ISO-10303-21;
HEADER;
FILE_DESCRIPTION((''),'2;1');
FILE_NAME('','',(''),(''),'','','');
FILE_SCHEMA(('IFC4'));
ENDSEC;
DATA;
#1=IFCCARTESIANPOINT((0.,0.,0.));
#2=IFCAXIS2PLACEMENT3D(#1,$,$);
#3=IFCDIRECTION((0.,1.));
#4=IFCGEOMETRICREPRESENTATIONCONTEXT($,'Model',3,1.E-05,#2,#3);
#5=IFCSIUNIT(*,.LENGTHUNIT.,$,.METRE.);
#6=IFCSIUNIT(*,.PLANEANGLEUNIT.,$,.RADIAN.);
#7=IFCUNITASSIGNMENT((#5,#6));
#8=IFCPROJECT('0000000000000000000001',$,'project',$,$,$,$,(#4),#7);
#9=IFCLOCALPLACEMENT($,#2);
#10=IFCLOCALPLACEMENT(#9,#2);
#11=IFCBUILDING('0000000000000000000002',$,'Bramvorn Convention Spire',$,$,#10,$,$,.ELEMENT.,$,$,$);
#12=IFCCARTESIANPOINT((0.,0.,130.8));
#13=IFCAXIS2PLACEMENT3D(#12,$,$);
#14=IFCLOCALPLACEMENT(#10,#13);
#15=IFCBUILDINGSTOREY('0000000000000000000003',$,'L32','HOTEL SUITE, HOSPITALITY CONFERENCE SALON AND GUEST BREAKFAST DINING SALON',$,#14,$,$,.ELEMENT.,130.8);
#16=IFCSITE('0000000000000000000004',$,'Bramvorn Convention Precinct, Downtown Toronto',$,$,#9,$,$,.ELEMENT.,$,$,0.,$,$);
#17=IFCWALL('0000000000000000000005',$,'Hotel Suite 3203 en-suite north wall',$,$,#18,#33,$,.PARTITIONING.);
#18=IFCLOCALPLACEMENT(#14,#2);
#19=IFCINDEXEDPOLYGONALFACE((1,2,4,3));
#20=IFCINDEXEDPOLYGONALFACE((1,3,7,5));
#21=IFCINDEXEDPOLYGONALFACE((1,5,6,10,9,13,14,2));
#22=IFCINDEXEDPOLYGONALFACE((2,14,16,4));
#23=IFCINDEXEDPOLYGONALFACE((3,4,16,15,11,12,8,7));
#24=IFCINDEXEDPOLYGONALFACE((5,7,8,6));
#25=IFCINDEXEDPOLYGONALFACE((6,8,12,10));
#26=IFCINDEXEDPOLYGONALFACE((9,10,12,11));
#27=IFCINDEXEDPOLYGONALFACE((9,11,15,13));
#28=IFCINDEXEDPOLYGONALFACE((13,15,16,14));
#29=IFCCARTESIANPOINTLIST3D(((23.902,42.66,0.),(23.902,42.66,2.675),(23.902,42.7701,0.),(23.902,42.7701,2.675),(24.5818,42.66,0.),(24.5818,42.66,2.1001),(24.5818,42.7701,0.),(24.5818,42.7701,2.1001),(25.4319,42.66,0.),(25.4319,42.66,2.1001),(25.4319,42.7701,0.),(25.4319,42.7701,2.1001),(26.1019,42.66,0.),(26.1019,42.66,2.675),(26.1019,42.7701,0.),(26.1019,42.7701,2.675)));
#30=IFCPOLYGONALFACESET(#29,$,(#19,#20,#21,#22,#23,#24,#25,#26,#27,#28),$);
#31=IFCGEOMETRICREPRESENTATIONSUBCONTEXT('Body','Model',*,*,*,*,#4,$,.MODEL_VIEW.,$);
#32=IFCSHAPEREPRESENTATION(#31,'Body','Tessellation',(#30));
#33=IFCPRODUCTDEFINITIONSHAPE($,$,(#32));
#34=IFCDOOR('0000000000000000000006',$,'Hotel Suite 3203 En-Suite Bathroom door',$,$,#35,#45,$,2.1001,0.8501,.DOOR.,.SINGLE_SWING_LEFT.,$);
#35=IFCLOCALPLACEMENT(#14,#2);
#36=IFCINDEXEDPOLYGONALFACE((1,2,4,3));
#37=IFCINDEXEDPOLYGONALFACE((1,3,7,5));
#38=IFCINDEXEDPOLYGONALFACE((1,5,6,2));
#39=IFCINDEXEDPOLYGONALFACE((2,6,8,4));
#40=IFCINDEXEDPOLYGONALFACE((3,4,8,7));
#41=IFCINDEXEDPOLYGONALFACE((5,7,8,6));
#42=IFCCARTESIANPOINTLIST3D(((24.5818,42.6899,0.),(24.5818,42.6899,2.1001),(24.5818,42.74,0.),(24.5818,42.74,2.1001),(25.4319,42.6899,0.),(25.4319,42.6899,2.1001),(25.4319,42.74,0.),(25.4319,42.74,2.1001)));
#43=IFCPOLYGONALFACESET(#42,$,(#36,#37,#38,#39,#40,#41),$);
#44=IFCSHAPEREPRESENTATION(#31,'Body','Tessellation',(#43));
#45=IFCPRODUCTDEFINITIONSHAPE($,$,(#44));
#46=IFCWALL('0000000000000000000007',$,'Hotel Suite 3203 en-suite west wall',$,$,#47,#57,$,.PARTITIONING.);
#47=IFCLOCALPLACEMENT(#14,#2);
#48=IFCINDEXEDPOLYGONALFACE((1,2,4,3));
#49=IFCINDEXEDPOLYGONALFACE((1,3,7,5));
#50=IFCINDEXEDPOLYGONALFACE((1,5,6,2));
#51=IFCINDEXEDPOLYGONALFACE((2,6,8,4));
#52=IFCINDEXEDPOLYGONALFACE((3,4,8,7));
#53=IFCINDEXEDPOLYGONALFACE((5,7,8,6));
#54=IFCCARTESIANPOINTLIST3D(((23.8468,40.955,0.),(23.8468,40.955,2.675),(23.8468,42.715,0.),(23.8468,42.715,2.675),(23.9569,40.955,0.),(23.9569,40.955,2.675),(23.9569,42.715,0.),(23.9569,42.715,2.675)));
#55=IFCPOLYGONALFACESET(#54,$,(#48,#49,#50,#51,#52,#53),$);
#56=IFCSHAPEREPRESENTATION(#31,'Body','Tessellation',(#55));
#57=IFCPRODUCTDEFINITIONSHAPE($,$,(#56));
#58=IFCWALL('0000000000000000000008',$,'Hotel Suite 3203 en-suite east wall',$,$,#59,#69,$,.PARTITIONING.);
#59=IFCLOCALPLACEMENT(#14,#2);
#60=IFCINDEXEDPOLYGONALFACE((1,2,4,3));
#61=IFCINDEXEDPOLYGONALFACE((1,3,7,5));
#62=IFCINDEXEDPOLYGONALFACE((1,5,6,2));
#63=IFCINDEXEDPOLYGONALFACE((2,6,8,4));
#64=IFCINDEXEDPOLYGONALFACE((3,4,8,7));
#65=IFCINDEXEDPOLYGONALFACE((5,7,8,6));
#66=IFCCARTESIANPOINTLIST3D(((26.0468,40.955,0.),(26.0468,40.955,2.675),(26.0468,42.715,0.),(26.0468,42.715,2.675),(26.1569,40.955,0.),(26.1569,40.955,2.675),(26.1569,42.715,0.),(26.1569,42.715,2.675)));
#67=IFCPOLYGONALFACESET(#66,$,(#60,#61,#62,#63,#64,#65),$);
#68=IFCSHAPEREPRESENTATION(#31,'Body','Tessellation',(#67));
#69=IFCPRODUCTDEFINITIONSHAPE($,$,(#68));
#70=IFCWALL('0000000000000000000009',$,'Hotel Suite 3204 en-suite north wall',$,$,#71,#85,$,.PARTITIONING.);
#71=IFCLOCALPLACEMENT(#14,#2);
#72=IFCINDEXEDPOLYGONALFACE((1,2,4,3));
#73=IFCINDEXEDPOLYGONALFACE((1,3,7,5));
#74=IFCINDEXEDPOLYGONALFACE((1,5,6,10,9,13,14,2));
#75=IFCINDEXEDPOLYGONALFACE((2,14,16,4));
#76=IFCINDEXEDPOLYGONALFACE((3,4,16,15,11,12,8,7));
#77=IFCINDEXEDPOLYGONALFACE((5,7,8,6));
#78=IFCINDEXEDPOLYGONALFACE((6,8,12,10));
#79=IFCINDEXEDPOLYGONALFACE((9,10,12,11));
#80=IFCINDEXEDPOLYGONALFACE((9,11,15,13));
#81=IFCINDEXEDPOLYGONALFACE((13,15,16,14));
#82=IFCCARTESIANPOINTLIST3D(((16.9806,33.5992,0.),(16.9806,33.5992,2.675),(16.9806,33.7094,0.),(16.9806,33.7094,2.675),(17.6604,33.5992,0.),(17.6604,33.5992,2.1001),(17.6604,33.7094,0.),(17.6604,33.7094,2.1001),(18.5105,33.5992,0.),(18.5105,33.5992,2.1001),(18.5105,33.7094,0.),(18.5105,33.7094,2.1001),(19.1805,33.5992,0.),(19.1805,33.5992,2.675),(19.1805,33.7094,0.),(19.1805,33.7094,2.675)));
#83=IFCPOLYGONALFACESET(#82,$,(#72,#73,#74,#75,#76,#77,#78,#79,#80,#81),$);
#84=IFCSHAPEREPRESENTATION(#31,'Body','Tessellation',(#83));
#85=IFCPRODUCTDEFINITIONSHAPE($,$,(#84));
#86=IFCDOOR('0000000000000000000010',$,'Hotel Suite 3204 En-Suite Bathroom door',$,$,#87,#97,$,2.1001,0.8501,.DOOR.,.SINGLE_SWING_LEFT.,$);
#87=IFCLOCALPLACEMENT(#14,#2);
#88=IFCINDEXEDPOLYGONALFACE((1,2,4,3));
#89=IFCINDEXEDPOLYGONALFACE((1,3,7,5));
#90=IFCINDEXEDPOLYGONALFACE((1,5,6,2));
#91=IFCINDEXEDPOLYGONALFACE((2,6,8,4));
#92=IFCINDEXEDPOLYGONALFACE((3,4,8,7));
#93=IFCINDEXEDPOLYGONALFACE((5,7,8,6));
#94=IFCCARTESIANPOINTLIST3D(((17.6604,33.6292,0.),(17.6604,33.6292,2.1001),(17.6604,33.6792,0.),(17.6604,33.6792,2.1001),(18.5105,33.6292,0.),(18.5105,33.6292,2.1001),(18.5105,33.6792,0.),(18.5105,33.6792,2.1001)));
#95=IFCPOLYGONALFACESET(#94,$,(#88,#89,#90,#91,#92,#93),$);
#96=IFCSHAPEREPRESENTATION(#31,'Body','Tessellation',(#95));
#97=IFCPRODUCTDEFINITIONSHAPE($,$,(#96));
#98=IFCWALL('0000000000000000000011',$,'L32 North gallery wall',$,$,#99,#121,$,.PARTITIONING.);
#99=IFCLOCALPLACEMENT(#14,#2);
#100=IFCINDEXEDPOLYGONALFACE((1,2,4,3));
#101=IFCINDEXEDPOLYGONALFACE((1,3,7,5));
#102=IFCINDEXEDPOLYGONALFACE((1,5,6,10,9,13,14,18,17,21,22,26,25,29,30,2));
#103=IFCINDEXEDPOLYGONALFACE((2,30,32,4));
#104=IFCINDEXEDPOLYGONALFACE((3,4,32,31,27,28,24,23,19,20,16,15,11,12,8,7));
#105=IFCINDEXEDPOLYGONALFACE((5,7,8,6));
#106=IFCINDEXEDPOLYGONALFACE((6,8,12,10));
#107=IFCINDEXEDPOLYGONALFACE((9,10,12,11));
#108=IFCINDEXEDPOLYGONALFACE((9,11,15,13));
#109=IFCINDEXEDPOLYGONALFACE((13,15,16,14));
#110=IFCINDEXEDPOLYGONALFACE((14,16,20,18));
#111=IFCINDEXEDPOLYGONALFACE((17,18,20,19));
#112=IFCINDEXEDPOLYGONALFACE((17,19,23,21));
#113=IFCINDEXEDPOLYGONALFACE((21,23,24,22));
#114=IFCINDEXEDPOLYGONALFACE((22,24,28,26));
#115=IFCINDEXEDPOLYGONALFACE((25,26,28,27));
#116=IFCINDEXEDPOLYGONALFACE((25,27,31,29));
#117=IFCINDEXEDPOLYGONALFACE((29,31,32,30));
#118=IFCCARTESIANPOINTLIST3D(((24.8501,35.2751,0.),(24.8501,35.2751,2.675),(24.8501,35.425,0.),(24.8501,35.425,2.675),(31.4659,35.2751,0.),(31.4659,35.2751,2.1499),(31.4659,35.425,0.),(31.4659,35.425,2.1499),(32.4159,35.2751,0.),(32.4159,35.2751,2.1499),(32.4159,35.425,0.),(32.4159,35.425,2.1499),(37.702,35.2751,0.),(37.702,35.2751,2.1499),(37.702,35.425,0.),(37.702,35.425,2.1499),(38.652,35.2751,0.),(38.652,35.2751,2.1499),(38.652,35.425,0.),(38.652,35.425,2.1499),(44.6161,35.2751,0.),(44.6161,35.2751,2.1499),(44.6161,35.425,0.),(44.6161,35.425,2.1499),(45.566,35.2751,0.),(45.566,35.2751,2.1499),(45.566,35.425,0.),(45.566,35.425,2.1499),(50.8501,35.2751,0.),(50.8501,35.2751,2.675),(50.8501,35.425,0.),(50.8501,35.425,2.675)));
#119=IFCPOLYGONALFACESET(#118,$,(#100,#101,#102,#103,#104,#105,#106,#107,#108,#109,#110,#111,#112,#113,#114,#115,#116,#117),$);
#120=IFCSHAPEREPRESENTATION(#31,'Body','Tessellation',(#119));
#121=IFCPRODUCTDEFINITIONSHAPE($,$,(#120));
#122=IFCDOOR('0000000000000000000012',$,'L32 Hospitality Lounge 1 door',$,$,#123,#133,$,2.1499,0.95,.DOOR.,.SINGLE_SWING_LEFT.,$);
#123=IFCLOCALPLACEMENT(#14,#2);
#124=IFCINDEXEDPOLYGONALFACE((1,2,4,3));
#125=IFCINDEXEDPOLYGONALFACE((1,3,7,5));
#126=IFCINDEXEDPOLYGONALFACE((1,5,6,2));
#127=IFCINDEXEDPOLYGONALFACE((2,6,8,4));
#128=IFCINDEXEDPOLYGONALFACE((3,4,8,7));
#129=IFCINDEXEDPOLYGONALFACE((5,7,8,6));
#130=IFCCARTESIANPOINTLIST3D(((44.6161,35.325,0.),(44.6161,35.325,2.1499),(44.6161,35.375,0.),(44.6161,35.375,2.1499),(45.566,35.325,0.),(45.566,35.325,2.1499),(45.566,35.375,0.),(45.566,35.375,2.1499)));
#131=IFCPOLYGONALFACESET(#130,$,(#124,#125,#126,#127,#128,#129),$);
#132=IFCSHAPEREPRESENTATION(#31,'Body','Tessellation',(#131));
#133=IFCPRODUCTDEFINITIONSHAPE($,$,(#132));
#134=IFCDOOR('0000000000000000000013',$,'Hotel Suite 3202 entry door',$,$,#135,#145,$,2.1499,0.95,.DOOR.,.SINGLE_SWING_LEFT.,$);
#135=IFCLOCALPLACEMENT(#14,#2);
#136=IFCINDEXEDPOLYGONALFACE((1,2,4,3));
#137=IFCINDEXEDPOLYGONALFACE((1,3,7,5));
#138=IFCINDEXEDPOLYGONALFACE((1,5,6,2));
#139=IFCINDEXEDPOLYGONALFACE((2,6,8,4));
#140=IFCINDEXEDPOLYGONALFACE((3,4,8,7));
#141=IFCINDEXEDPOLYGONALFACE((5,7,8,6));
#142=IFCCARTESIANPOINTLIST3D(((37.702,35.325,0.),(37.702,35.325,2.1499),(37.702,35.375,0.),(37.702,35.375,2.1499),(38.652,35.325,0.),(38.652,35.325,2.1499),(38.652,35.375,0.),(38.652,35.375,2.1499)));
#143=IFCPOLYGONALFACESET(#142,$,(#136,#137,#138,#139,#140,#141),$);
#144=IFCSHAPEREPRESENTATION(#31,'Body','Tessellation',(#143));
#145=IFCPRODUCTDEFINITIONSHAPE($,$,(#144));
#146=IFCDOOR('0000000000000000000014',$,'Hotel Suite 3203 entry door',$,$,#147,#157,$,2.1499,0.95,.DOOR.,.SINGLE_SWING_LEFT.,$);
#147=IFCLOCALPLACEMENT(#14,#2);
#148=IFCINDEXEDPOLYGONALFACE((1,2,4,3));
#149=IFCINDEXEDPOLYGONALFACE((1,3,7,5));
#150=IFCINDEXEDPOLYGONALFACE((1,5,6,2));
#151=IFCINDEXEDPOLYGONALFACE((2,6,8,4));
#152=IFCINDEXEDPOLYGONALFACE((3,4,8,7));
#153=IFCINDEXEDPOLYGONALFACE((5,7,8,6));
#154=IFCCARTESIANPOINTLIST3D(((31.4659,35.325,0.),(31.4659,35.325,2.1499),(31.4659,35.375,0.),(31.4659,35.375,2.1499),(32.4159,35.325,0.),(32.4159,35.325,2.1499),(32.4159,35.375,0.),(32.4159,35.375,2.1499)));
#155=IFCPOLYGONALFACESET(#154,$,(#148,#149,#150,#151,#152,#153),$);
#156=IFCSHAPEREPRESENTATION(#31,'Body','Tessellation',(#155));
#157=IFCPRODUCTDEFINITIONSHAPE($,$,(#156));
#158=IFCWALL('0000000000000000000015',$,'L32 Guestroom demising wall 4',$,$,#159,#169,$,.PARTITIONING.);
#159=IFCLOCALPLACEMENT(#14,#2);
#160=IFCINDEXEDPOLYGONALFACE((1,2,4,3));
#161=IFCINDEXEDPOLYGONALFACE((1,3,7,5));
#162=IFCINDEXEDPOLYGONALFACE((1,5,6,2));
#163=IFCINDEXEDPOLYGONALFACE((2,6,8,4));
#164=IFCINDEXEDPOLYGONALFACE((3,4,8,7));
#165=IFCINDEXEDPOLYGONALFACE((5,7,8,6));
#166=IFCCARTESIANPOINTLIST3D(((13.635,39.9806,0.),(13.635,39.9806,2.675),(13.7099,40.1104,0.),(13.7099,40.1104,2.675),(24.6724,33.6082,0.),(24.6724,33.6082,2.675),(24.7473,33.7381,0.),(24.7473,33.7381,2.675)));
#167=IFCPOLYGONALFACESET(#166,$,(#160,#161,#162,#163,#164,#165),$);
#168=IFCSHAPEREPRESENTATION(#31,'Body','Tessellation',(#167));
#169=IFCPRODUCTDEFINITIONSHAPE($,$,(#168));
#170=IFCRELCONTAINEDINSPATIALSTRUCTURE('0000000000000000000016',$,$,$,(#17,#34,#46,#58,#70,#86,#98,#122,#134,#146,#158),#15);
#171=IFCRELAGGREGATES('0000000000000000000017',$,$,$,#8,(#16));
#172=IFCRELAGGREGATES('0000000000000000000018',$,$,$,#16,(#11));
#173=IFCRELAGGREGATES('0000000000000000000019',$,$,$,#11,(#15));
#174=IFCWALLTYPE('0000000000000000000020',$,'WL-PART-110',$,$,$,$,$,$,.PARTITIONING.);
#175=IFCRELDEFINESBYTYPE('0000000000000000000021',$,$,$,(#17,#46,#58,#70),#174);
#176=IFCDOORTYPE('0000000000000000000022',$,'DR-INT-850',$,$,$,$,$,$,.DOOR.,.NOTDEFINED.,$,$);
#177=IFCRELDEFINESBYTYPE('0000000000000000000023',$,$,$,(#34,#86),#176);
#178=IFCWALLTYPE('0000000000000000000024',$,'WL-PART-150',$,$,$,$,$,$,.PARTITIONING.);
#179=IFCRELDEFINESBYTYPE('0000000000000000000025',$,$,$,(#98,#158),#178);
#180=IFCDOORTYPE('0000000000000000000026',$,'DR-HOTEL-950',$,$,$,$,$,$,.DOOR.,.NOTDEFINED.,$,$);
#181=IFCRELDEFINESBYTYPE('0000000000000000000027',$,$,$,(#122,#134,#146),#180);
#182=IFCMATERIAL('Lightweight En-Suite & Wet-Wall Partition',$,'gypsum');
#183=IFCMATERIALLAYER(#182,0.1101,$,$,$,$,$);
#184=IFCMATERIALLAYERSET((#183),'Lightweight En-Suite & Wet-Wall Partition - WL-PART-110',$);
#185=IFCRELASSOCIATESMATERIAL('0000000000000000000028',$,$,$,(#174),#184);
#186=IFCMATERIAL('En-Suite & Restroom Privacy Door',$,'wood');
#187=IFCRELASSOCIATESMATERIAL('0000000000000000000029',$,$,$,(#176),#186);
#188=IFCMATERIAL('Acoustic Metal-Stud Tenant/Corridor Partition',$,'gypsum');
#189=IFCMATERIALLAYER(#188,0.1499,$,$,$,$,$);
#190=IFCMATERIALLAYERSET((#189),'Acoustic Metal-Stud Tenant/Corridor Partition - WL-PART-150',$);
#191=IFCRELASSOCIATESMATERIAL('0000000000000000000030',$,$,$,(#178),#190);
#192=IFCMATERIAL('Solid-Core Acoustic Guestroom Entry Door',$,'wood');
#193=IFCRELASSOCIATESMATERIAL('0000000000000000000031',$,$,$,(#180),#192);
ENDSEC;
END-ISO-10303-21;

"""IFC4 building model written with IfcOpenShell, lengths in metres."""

from ifc_helpers import new_model, si_unit, direction, frame, frame_2d, origin, place, context, subcontext, project, spatial, rectangle, extrude, material, layer, layer_set, type_object, element, fill, save


model = new_model("IFC4")

# Units and contexts
model_context = context("Model", 3, precision=1e-05, world=origin(), true_north=direction((0.0, 1.0)))
body_context = subcontext(model_context, "Body", "Model", "MODEL_VIEW")
ifc_project = project(units=[si_unit("LENGTHUNIT", "METRE"), si_unit("PLANEANGLEUNIT", "RADIAN")], contexts=[model_context])

# Site, building, storey
site_placement = place(None, origin())
site = spatial("IfcSite", under=ifc_project, at=site_placement, Name="Bramvorn Convention Precinct, Downtown Toronto", CompositionType="ELEMENT", RefElevation=0.0)
building_placement = place(site_placement, origin())
building = spatial("IfcBuilding", under=site, at=building_placement, Name="Bramvorn Convention Spire", CompositionType="ELEMENT")
storey_placement = place(building_placement, frame((0.0, 0.0, 130.8)))
storey = spatial("IfcBuildingStorey", under=building, at=storey_placement, Name="L32", Description="HOTEL SUITE, HOSPITALITY CONFERENCE SALON AND GUEST BREAKFAST DINING SALON", CompositionType="ELEMENT", Elevation=130.8)

# Shared definitions
ifc_material_1 = material(Name="Lightweight En-Suite & Wet-Wall Partition", Category="gypsum")
ifc_layer_1 = layer(ifc_material_1, 0.1101)
ifc_layer_set_1 = layer_set([ifc_layer_1], Name="Lightweight En-Suite & Wet-Wall Partition - WL-PART-110")
wall_type_1 = type_object("IfcWallType", Name="WL-PART-110", PredefinedType="PARTITIONING", material=ifc_layer_set_1)

# Wall, opening, door
wall_1_placement = place(storey_placement, frame((23.9019, 42.7151, 0.0), z_axis=(0.0, 0.0, 1.0), x_axis=(1.0, 0.0, 0.0)))
wall_1 = element("IfcWall", 1, at=wall_1_placement, inside=storey, type_object=wall_type_1, Name="Hotel Suite 3203 en-suite north wall", PredefinedType="PARTITIONING", context=body_context, shape_type="SweptSolid", body=[
    extrude(rectangle(XDim=2.2, YDim=0.1101, at=frame_2d((1.1001, 0.0))), origin(), (0.0, 0.0, 1.0), 2.675),
])
opening_1_placement = place(wall_1_placement, frame((0.6799, 0.0, 0.0)))
opening_1 = element("IfcOpeningElement", 2, at=opening_1_placement, cuts=wall_1, PredefinedType="OPENING", context=body_context, shape_type="SweptSolid", body=[
    extrude(rectangle(XDim=0.8501, YDim=2.1001, at=frame_2d((0.425, 1.05))), frame((0.0, 0.0649, 0.0), z_axis=(0.0, -1.0, 0.0), x_axis=(1.0, 0.0, 0.0)), (0.0, 0.0, 1.0), 0.1301),
])
ifc_material_2 = material(Name="En-Suite & Restroom Privacy Door", Category="wood")
door_type_1 = type_object("IfcDoorType", Name="DR-INT-850", OperationType="NOTDEFINED", PredefinedType="DOOR", material=ifc_material_2)
door_1_placement = place(opening_1_placement, origin())
door_1 = element("IfcDoor", 3, at=door_1_placement, inside=storey, type_object=door_type_1, Name="Hotel Suite 3203 En-Suite Bathroom door", OperationType="SINGLE_SWING_LEFT", OverallHeight=2.1001, OverallWidth=0.8501, PredefinedType="DOOR", context=body_context, shape_type="SweptSolid", body=[
    extrude(rectangle(XDim=0.8501, YDim=2.1001, at=frame_2d((0.425, 1.05))), frame((0.0, 0.0249, 0.0), z_axis=(0.0, -1.0, 0.0), x_axis=(1.0, 0.0, 0.0)), (0.0, 0.0, 1.0), 0.05),
])
fill(opening_1, door_1)

# Walls
for number, where, z_axis, x_axis, name in (
    (4, (23.9019, 40.9551, 0.0), (0.0, 0.0, 1.0), (0.0, 1.0, 0.0), "Hotel Suite 3203 en-suite west wall"),
    (5, (26.1018, 40.9551, 0.0), (0.0, 0.0, 1.0), (0.0, 1.0, 0.0), "Hotel Suite 3203 en-suite east wall"),
):
    element("IfcWall", number, at=place(storey_placement, frame(where, z_axis=z_axis, x_axis=x_axis)), inside=storey, type_object=wall_type_1, Name=name, PredefinedType="PARTITIONING", context=body_context, shape_type="SweptSolid", body=[
        extrude(rectangle(XDim=1.76, YDim=0.1101, at=frame_2d((0.8799, 0.0))), origin(), (0.0, 0.0, 1.0), 2.675),
    ])

# Wall, opening, door
wall_2_placement = place(storey_placement, frame((16.9805, 33.6543, 0.0), z_axis=(0.0, 0.0, 1.0), x_axis=(1.0, 0.0, 0.0)))
wall_2 = element("IfcWall", 6, at=wall_2_placement, inside=storey, type_object=wall_type_1, Name="Hotel Suite 3204 en-suite north wall", PredefinedType="PARTITIONING", context=body_context, shape_type="SweptSolid", body=[
    extrude(rectangle(XDim=2.2, YDim=0.1101, at=frame_2d((1.1001, 0.0))), origin(), (0.0, 0.0, 1.0), 2.675),
])
opening_2_placement = place(wall_2_placement, frame((0.6799, 0.0, 0.0)))
opening_2 = element("IfcOpeningElement", 7, at=opening_2_placement, cuts=wall_2, PredefinedType="OPENING", context=body_context, shape_type="SweptSolid", body=[
    extrude(rectangle(XDim=0.8501, YDim=2.1001, at=frame_2d((0.425, 1.05))), frame((0.0, 0.0649, 0.0), z_axis=(0.0, -1.0, 0.0), x_axis=(1.0, 0.0, 0.0)), (0.0, 0.0, 1.0), 0.1301),
])
door_2_placement = place(opening_2_placement, origin())
door_2 = element("IfcDoor", 8, at=door_2_placement, inside=storey, type_object=door_type_1, Name="Hotel Suite 3204 En-Suite Bathroom door", OperationType="SINGLE_SWING_LEFT", OverallHeight=2.1001, OverallWidth=0.8501, PredefinedType="DOOR", context=body_context, shape_type="SweptSolid", body=[
    extrude(rectangle(XDim=0.8501, YDim=2.1001, at=frame_2d((0.425, 1.05))), frame((0.0, 0.0249, 0.0), z_axis=(0.0, -1.0, 0.0), x_axis=(1.0, 0.0, 0.0)), (0.0, 0.0, 1.0), 0.05),
])
fill(opening_2, door_2)

# Wall, openings, doors
ifc_material_3 = material(Name="Acoustic Metal-Stud Tenant/Corridor Partition", Category="gypsum")
ifc_layer_2 = layer(ifc_material_3, 0.1499)
ifc_layer_set_2 = layer_set([ifc_layer_2], Name="Acoustic Metal-Stud Tenant/Corridor Partition - WL-PART-150")
wall_type_2 = type_object("IfcWallType", Name="WL-PART-150", PredefinedType="PARTITIONING", material=ifc_layer_set_2)
wall_3_placement = place(storey_placement, frame((24.8501, 35.3501, 0.0), z_axis=(0.0, 0.0, 1.0), x_axis=(1.0, 0.0, 0.0)))
wall_3 = element("IfcWall", 9, at=wall_3_placement, inside=storey, type_object=wall_type_2, Name="L32 North gallery wall", PredefinedType="PARTITIONING", context=body_context, shape_type="SweptSolid", body=[
    extrude(rectangle(XDim=26.0, YDim=0.1499, at=frame_2d((13.0, 0.0))), origin(), (0.0, 0.0, 1.0), 2.675),
])
opening_3_placement = place(wall_3_placement, frame((19.7659, 0.0, 0.0)))
opening_3 = element("IfcOpeningElement", 10, at=opening_3_placement, cuts=wall_3, PredefinedType="OPENING", context=body_context, shape_type="SweptSolid", body=[
    extrude(rectangle(XDim=0.95, YDim=2.1499, at=frame_2d((0.4751, 1.075))), frame((0.0, 0.085, 0.0), z_axis=(0.0, -1.0, 0.0), x_axis=(1.0, 0.0, 0.0)), (0.0, 0.0, 1.0), 0.1699),
])
opening_4_placement = place(wall_3_placement, frame((12.8518, 0.0, 0.0)))
opening_4 = element("IfcOpeningElement", 11, at=opening_4_placement, cuts=wall_3, PredefinedType="OPENING", context=body_context, shape_type="SweptSolid", body=[
    extrude(rectangle(XDim=0.95, YDim=2.1499, at=frame_2d((0.4751, 1.075))), frame((0.0, 0.085, 0.0), z_axis=(0.0, -1.0, 0.0), x_axis=(1.0, 0.0, 0.0)), (0.0, 0.0, 1.0), 0.1699),
])
opening_5_placement = place(wall_3_placement, frame((6.6157, 0.0, 0.0)))
opening_5 = element("IfcOpeningElement", 12, at=opening_5_placement, cuts=wall_3, PredefinedType="OPENING", context=body_context, shape_type="SweptSolid", body=[
    extrude(rectangle(XDim=0.95, YDim=2.1499, at=frame_2d((0.4751, 1.075))), frame((0.0, 0.085, 0.0), z_axis=(0.0, -1.0, 0.0), x_axis=(1.0, 0.0, 0.0)), (0.0, 0.0, 1.0), 0.1699),
])
ifc_material_4 = material(Name="Solid-Core Acoustic Guestroom Entry Door", Category="wood")
door_type_2 = type_object("IfcDoorType", Name="DR-HOTEL-950", OperationType="NOTDEFINED", PredefinedType="DOOR", material=ifc_material_4)
door_3_placement = place(opening_3_placement, origin())
door_3 = element("IfcDoor", 13, at=door_3_placement, inside=storey, type_object=door_type_2, Name="L32 Hospitality Lounge 1 door", OperationType="SINGLE_SWING_LEFT", OverallHeight=2.1499, OverallWidth=0.95, PredefinedType="DOOR", context=body_context, shape_type="SweptSolid", body=[
    extrude(rectangle(XDim=0.95, YDim=2.1499, at=frame_2d((0.4751, 1.075))), frame((0.0, 0.0249, 0.0), z_axis=(0.0, -1.0, 0.0), x_axis=(1.0, 0.0, 0.0)), (0.0, 0.0, 1.0), 0.05),
])
fill(opening_3, door_3)
door_4_placement = place(opening_4_placement, origin())
door_4 = element("IfcDoor", 14, at=door_4_placement, inside=storey, type_object=door_type_2, Name="Hotel Suite 3202 entry door", OperationType="SINGLE_SWING_LEFT", OverallHeight=2.1499, OverallWidth=0.95, PredefinedType="DOOR", context=body_context, shape_type="SweptSolid", body=[
    extrude(rectangle(XDim=0.95, YDim=2.1499, at=frame_2d((0.4751, 1.075))), frame((0.0, 0.0249, 0.0), z_axis=(0.0, -1.0, 0.0), x_axis=(1.0, 0.0, 0.0)), (0.0, 0.0, 1.0), 0.05),
])
fill(opening_4, door_4)
door_5_placement = place(opening_5_placement, origin())
door_5 = element("IfcDoor", 15, at=door_5_placement, inside=storey, type_object=door_type_2, Name="Hotel Suite 3203 entry door", OperationType="SINGLE_SWING_LEFT", OverallHeight=2.1499, OverallWidth=0.95, PredefinedType="DOOR", context=body_context, shape_type="SweptSolid", body=[
    extrude(rectangle(XDim=0.95, YDim=2.1499, at=frame_2d((0.4751, 1.075))), frame((0.0, 0.0249, 0.0), z_axis=(0.0, -1.0, 0.0), x_axis=(1.0, 0.0, 0.0)), (0.0, 0.0, 1.0), 0.05),
])
fill(opening_5, door_5)

# Wall
wall_4_placement = place(storey_placement, frame((24.71, 33.6731, 0.0), z_axis=(0.0, 0.0, 1.0), x_axis=(-0.866029, 0.499994, 0.0)))
element("IfcWall", 16, at=wall_4_placement, inside=storey, type_object=wall_type_2, Name="L32 Guestroom demising wall 4", PredefinedType="PARTITIONING", context=body_context, shape_type="SweptSolid", body=[
    extrude(rectangle(XDim=12.7449, YDim=0.1499, at=frame_2d((6.3726, 0.0))), origin(), (0.0, 0.0, 1.0), 2.675),
])

save(model, "model.ifc")
